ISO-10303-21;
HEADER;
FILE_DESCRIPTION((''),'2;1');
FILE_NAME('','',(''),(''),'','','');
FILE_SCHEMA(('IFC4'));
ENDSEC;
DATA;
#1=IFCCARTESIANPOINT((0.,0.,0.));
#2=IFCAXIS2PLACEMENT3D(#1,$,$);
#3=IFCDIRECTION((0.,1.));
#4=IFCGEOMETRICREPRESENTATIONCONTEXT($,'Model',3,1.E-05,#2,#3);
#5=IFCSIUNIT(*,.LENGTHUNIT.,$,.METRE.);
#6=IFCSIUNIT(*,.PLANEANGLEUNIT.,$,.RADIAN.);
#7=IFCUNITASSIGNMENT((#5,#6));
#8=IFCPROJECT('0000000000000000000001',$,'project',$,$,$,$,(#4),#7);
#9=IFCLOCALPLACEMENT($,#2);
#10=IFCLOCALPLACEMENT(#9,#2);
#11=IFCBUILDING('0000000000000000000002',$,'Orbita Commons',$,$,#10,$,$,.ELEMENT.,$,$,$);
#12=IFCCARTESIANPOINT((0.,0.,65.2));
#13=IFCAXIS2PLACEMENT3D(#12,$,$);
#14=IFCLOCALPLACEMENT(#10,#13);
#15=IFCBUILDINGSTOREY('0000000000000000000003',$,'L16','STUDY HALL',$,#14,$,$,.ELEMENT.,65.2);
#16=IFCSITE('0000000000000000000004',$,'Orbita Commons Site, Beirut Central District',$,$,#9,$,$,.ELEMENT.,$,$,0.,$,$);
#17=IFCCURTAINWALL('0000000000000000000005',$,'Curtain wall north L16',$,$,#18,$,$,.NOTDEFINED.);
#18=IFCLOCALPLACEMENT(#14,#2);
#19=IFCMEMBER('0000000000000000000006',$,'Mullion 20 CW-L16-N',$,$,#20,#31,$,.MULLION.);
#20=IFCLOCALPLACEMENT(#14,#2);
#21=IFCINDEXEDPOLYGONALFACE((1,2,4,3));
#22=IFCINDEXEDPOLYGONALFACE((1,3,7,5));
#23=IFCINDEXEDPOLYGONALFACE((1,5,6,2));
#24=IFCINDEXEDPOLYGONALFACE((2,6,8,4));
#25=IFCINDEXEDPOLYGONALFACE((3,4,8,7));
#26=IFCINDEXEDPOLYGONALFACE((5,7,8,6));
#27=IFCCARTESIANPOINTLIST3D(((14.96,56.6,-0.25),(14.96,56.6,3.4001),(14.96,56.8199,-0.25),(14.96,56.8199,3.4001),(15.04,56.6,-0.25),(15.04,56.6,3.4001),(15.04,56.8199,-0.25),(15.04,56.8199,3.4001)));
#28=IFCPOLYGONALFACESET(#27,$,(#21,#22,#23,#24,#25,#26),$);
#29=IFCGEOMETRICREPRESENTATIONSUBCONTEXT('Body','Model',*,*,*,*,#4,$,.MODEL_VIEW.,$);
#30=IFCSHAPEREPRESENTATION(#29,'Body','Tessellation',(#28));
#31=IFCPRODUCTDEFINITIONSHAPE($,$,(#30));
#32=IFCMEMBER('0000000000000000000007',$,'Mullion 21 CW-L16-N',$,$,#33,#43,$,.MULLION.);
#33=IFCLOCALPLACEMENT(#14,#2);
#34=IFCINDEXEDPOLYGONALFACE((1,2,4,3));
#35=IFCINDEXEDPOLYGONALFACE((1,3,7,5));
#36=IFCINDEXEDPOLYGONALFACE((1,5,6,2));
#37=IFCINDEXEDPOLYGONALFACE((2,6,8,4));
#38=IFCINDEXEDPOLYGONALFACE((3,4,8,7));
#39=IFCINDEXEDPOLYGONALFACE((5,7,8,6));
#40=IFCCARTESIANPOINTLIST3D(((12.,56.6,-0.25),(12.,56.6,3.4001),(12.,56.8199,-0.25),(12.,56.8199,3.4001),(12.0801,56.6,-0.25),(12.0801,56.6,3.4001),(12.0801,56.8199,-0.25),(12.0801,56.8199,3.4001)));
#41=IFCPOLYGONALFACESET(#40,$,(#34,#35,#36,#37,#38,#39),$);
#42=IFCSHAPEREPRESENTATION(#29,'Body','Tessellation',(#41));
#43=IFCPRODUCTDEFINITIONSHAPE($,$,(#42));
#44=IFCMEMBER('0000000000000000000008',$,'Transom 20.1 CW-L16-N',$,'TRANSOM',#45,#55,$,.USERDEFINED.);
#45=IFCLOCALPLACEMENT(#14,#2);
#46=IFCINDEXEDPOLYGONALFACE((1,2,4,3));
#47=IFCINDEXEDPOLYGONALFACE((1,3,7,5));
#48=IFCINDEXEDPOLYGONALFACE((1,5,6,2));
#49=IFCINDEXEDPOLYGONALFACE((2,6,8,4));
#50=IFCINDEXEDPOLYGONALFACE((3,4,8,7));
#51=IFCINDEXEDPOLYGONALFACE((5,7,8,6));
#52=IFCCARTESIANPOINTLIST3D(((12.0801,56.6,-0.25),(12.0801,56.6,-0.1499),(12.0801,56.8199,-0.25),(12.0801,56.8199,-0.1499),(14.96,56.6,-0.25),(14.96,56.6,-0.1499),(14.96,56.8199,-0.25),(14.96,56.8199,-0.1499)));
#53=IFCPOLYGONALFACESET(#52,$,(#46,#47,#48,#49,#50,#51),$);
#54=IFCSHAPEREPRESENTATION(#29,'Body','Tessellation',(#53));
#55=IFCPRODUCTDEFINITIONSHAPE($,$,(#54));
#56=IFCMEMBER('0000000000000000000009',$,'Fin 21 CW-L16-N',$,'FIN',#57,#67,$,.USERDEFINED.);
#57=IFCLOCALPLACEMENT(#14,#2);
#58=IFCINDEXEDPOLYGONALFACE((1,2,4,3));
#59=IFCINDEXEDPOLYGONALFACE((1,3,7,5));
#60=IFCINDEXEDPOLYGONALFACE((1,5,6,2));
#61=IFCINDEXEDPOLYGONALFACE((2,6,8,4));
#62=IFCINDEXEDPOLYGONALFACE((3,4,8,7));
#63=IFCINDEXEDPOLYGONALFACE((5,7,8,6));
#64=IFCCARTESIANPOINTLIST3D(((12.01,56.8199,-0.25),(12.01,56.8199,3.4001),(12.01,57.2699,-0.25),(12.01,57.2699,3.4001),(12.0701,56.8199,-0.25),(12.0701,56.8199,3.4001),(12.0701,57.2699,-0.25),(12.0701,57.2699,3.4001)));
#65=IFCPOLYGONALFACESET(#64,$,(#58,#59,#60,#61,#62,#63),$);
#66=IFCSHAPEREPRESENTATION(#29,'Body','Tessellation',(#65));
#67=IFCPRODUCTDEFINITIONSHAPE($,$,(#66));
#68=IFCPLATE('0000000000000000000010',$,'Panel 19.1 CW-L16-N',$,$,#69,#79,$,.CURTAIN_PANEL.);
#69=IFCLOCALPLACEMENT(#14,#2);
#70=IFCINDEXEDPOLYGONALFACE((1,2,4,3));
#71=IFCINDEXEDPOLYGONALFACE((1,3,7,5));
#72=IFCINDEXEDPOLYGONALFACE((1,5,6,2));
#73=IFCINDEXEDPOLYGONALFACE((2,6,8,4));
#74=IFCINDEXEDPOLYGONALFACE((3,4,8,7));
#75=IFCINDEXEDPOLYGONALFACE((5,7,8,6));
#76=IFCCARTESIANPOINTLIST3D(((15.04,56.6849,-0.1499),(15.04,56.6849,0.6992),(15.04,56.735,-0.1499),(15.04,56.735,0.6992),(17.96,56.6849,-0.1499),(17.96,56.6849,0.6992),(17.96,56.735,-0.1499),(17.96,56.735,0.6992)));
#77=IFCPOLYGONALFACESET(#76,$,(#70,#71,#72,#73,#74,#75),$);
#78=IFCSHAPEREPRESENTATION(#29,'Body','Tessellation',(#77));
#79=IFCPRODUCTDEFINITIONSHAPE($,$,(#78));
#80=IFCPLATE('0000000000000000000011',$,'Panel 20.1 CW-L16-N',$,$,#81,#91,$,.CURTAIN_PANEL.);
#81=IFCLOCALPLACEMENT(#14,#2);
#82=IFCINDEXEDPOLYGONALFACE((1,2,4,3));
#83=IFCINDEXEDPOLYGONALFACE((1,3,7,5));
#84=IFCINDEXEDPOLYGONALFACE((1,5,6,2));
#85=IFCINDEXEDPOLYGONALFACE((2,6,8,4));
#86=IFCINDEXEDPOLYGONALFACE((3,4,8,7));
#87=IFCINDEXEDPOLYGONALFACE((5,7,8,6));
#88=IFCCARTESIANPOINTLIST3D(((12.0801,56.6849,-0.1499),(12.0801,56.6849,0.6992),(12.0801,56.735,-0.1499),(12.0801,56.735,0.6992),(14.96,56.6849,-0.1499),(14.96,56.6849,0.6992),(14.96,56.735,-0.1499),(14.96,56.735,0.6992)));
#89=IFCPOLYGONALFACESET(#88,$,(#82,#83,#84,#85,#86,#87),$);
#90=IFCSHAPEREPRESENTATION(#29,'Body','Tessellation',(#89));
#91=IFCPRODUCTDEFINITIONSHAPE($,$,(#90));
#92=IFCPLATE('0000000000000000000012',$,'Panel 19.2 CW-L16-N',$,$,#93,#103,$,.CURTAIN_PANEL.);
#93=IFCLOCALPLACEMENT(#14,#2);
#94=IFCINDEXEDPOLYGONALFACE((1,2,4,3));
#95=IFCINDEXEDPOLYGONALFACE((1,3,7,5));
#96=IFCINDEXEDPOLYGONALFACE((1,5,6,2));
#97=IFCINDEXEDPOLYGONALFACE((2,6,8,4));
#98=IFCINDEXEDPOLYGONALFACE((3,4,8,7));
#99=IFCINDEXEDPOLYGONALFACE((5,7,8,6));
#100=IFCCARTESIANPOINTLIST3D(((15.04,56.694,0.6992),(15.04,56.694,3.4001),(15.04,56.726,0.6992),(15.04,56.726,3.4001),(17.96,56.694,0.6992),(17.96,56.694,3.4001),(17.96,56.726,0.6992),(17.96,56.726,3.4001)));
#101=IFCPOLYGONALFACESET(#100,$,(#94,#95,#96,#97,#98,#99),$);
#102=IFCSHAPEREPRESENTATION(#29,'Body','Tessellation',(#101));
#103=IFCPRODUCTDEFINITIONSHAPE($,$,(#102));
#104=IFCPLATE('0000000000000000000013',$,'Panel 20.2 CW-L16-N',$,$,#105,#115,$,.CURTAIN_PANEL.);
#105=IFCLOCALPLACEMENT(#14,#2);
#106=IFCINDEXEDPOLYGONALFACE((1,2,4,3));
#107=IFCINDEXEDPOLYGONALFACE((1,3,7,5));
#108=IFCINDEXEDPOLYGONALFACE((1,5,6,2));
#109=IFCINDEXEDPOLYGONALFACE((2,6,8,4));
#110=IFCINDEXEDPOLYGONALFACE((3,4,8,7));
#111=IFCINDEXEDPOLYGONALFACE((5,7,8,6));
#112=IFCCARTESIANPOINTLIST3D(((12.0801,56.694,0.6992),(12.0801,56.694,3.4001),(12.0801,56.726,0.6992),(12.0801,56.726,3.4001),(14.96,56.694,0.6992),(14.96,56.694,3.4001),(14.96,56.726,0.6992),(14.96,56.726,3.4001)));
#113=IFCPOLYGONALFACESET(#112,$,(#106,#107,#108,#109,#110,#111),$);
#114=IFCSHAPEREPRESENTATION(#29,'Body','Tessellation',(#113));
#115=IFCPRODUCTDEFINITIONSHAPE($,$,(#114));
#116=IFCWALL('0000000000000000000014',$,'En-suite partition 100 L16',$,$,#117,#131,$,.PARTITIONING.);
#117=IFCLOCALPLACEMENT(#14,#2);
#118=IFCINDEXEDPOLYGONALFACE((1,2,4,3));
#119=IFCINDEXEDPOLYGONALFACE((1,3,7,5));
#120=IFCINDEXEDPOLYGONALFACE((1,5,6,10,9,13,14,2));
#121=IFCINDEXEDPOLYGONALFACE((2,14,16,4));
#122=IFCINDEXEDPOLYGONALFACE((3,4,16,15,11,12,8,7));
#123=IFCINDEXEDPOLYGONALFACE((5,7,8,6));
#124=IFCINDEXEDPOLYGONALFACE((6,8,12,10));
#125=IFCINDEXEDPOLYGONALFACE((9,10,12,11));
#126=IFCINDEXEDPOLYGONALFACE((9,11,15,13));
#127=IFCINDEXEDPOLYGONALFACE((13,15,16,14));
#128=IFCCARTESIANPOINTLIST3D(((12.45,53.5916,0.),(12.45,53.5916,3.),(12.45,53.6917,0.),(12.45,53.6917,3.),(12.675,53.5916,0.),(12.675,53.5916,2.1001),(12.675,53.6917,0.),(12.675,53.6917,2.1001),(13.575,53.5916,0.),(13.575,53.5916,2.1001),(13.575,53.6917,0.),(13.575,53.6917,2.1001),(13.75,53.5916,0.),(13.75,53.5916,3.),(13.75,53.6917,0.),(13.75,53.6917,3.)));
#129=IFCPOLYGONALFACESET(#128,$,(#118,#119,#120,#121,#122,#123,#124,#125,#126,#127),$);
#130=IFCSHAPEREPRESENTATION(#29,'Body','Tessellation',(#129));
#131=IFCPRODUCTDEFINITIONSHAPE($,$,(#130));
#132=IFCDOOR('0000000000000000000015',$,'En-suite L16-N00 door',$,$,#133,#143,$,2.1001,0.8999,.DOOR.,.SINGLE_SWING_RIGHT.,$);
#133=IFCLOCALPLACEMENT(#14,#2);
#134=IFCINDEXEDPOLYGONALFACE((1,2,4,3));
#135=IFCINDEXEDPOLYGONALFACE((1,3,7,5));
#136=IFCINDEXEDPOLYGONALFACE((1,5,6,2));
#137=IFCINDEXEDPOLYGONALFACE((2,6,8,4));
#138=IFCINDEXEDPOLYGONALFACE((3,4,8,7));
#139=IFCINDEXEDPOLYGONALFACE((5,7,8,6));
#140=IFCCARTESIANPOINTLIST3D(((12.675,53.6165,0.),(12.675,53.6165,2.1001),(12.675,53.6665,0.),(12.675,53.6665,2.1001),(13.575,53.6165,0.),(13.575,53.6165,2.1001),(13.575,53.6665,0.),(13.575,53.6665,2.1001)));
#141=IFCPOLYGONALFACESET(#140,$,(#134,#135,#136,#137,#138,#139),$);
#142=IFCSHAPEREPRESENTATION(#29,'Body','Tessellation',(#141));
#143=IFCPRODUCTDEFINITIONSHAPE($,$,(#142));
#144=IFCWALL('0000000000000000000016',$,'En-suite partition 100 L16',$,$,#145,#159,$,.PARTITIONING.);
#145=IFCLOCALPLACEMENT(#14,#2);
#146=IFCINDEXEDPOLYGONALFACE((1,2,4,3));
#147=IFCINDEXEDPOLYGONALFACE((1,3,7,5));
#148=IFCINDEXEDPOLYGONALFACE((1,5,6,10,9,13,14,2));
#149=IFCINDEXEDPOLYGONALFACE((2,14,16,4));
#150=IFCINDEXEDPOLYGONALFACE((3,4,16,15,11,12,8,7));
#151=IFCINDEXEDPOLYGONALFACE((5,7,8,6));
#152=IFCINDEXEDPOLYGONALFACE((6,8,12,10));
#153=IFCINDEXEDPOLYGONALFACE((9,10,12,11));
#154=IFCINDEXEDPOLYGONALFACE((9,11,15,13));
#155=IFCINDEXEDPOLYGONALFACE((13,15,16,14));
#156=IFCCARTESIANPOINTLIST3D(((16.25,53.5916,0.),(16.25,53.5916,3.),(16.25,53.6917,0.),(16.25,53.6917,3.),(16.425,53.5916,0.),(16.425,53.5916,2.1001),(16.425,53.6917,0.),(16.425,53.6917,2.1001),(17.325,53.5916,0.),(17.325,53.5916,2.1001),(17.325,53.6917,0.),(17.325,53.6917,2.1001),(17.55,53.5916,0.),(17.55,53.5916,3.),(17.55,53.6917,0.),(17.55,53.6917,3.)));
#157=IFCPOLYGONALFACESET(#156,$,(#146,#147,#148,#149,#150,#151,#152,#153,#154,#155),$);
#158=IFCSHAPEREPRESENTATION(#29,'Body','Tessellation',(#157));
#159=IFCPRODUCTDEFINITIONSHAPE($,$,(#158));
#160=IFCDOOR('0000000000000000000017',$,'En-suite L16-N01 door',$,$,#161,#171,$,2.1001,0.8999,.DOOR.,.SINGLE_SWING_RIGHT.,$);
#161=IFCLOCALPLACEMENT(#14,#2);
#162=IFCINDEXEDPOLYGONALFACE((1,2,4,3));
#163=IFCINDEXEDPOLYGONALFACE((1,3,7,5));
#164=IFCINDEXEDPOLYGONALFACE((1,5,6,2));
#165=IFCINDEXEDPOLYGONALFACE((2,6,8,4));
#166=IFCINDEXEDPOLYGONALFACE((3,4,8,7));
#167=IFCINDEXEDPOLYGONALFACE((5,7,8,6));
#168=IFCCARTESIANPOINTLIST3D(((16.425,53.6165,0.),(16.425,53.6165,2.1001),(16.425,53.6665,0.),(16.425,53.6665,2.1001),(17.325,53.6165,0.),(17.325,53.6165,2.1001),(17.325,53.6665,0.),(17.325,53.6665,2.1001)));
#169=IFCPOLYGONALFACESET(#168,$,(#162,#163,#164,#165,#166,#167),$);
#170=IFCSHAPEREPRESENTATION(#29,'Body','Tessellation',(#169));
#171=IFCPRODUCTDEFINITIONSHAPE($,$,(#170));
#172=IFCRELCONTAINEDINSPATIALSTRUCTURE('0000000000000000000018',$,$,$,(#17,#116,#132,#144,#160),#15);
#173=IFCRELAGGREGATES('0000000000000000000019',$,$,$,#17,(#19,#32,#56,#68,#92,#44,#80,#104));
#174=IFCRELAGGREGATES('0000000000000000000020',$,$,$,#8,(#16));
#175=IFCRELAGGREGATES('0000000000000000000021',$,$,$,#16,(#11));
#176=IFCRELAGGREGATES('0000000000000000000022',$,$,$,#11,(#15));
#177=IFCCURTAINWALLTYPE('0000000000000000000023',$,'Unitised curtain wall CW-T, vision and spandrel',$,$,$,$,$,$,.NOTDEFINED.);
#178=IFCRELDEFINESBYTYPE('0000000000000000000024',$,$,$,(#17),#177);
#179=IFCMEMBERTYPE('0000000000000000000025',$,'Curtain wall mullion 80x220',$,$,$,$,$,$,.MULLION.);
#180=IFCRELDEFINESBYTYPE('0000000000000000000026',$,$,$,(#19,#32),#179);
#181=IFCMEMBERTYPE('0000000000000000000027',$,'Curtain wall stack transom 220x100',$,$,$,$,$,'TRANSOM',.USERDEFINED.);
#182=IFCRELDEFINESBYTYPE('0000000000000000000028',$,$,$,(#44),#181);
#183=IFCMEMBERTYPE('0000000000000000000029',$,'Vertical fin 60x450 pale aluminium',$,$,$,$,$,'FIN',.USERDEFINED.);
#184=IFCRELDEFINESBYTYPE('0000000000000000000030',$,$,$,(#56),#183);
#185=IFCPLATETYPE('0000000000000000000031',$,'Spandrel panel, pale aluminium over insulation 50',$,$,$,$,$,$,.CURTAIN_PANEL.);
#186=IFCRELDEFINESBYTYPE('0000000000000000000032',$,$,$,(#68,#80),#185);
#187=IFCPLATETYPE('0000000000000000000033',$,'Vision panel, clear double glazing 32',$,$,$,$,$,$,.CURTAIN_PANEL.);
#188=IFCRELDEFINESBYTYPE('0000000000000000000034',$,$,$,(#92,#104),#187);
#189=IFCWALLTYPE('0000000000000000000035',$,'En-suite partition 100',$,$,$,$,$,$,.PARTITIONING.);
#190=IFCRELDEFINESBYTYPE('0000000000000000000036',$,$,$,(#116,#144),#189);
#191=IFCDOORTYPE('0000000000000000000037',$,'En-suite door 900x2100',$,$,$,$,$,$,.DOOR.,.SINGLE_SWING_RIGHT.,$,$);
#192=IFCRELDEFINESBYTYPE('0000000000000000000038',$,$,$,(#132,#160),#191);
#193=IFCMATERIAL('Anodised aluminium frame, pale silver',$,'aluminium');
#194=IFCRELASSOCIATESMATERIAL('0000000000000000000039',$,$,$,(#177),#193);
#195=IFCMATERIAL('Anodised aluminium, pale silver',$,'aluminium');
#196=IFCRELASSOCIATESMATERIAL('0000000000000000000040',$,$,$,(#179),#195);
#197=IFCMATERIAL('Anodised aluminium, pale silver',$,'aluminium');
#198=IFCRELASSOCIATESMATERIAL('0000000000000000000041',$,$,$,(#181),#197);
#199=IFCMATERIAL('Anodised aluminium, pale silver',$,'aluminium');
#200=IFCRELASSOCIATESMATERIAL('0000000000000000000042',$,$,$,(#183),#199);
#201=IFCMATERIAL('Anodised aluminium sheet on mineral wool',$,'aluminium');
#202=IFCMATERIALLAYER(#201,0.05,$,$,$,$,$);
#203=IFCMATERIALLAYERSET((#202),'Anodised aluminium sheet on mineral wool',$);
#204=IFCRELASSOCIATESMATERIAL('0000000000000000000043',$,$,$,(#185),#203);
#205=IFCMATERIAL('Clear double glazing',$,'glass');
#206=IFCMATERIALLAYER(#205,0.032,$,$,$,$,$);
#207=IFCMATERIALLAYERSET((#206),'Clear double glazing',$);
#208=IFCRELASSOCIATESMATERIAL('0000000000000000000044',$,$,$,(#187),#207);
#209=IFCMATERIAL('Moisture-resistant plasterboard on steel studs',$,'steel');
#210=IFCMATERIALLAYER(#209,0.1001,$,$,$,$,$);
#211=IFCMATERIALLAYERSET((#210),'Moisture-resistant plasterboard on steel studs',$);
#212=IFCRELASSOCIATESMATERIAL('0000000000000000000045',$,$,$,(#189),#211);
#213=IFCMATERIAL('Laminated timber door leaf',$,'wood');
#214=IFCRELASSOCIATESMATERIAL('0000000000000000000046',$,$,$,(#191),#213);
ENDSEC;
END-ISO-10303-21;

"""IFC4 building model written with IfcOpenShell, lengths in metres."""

from ifc_helpers import new_model, si_unit, direction, frame, frame_2d, origin, origin_2d, place, context, subcontext, project, spatial, polyline, rectangle, outline, extrude, material, layer, layer_set, material_profile, profile_set, type_object, element, fill, aggregate, save


model = new_model("IFC4")

# Units and contexts
model_context = context("Model", 3, precision=1e-05, world=origin(), true_north=direction((0.0, 1.0)))
body_context = subcontext(model_context, "Body", "Model", "MODEL_VIEW")
ifc_project = project(units=[si_unit("LENGTHUNIT", "METRE"), si_unit("PLANEANGLEUNIT", "RADIAN")], contexts=[model_context])

# Site, building, storey
site_placement = place(None, origin())
site = spatial("IfcSite", under=ifc_project, at=site_placement, Name="Orbita Commons Site, Beirut Central District", CompositionType="ELEMENT", RefElevation=0.0)
building_placement = place(site_placement, origin())
building = spatial("IfcBuilding", under=site, at=building_placement, Name="Orbita Commons", CompositionType="ELEMENT")
storey_placement = place(building_placement, frame((0.0, 0.0, 65.2)))
storey = spatial("IfcBuildingStorey", under=building, at=storey_placement, Name="L16", Description="STUDY HALL", CompositionType="ELEMENT", Elevation=65.2)

# Curtain wall, members, plates
ifc_material_1 = material(Name="Anodised aluminium frame, pale silver", Category="aluminium")
curtain_wall_type = type_object("IfcCurtainWallType", Name="Unitised curtain wall CW-T, vision and spandrel", PredefinedType="NOTDEFINED", material=ifc_material_1)
curtain_wall_placement = place(storey_placement, origin())
curtain_wall = element("IfcCurtainWall", 1, at=curtain_wall_placement, inside=storey, type_object=curtain_wall_type, Name="Curtain wall north L16", PredefinedType="NOTDEFINED")
ifc_material_2 = material(Name="Anodised aluminium, pale silver", Category="aluminium")
ifc_material_profile_1 = material_profile(ifc_material_2, rectangle(XDim=0.0801, YDim=0.22, at=origin_2d()), Name="AL 80x220")
ifc_profile_set_1 = profile_set([ifc_material_profile_1], Name="Anodised aluminium, pale silver")
member_type_1 = type_object("IfcMemberType", Name="Curtain wall mullion 80x220", PredefinedType="MULLION", material=ifc_profile_set_1)
member_1_placement = place(storey_placement, frame((15.0, 56.71, -0.25), z_axis=(0.0, 0.0, 1.0), x_axis=(-1.0, 0.0, 0.0)))
member_1 = element("IfcMember", 2, at=member_1_placement, type_object=member_type_1, Name="Mullion 20 CW-L16-N", PredefinedType="MULLION", context=body_context, shape_type="SweptSolid", body=[
    extrude(rectangle(XDim=0.0801, YDim=0.22, at=origin_2d()), origin(), (0.0, 0.0, 1.0), 3.6501),
])
member_2_placement = place(storey_placement, frame((12.04, 56.71, -0.25), z_axis=(0.0, 0.0, 1.0), x_axis=(-1.0, 0.0, 0.0)))
member_2 = element("IfcMember", 3, at=member_2_placement, type_object=member_type_1, Name="Mullion 21 CW-L16-N", PredefinedType="MULLION", context=body_context, shape_type="SweptSolid", body=[
    extrude(rectangle(XDim=0.0801, YDim=0.22, at=origin_2d()), origin(), (0.0, 0.0, 1.0), 3.6501),
])
ifc_material_3 = material(Name="Anodised aluminium, pale silver", Category="aluminium")
ifc_material_profile_2 = material_profile(ifc_material_3, rectangle(XDim=0.22, YDim=0.1001, at=origin_2d()), Name="AL 220x100")
ifc_profile_set_2 = profile_set([ifc_material_profile_2], Name="Anodised aluminium, pale silver")
member_type_2 = type_object("IfcMemberType", Name="Curtain wall stack transom 220x100", ElementType="TRANSOM", PredefinedType="USERDEFINED", material=ifc_profile_set_2)
member_3_placement = place(storey_placement, frame((14.96, 56.71, -0.2), z_axis=(-1.0, 0.0, 0.0), x_axis=(0.0, -1.0, 0.0)))
member_3 = element("IfcMember", 4, at=member_3_placement, type_object=member_type_2, Name="Transom 20.1 CW-L16-N", ObjectType="TRANSOM", PredefinedType="USERDEFINED", context=body_context, shape_type="SweptSolid", body=[
    extrude(rectangle(XDim=0.22, YDim=0.1001, at=origin_2d()), origin(), (0.0, 0.0, 1.0), 2.8799),
])
ifc_material_4 = material(Name="Anodised aluminium, pale silver", Category="aluminium")
ifc_material_profile_3 = material_profile(ifc_material_4, rectangle(XDim=0.0601, YDim=0.45, at=origin_2d()), Name="FIN 60x450")
ifc_profile_set_3 = profile_set([ifc_material_profile_3], Name="Anodised aluminium, pale silver")
member_type_3 = type_object("IfcMemberType", Name="Vertical fin 60x450 pale aluminium", ElementType="FIN", PredefinedType="USERDEFINED", material=ifc_profile_set_3)
member_4_placement = place(storey_placement, frame((12.04, 57.0449, -0.25), z_axis=(0.0, 0.0, 1.0), x_axis=(-1.0, 0.0, 0.0)))
member_4 = element("IfcMember", 5, at=member_4_placement, type_object=member_type_3, Name="Fin 21 CW-L16-N", ObjectType="FIN", PredefinedType="USERDEFINED", context=body_context, shape_type="SweptSolid", body=[
    extrude(rectangle(XDim=0.0601, YDim=0.45, at=origin_2d()), origin(), (0.0, 0.0, 1.0), 3.6501),
])
ifc_material_5 = material(Name="Anodised aluminium sheet on mineral wool", Category="aluminium")
ifc_layer_1 = layer(ifc_material_5, 0.05)
ifc_layer_set_1 = layer_set([ifc_layer_1], Name="Anodised aluminium sheet on mineral wool")
plate_type_1 = type_object("IfcPlateType", Name="Spandrel panel, pale aluminium over insulation 50", PredefinedType="CURTAIN_PANEL", material=ifc_layer_set_1)
plate_1_placement = place(storey_placement, frame((16.5, 56.71, -0.1499), z_axis=(0.0, 0.0, 1.0), x_axis=(-1.0, 0.0, 0.0)))
plate_1 = element("IfcPlate", 6, at=plate_1_placement, type_object=plate_type_1, Name="Panel 19.1 CW-L16-N", PredefinedType="CURTAIN_PANEL", context=body_context, shape_type="SweptSolid", body=[
    extrude(rectangle(XDim=2.9199, YDim=0.05, at=origin_2d()), origin(), (0.0, 0.0, 1.0), 0.8491),
])
plate_2_placement = place(storey_placement, frame((13.52, 56.71, -0.1499), z_axis=(0.0, 0.0, 1.0), x_axis=(-1.0, 0.0, 0.0)))
plate_2 = element("IfcPlate", 7, at=plate_2_placement, type_object=plate_type_1, Name="Panel 20.1 CW-L16-N", PredefinedType="CURTAIN_PANEL", context=body_context, shape_type="SweptSolid", body=[
    extrude(rectangle(XDim=2.8799, YDim=0.05, at=origin_2d()), origin(), (0.0, 0.0, 1.0), 0.8491),
])
ifc_material_6 = material(Name="Clear double glazing", Category="glass")
ifc_layer_2 = layer(ifc_material_6, 0.032)
ifc_layer_set_2 = layer_set([ifc_layer_2], Name="Clear double glazing")
plate_type_2 = type_object("IfcPlateType", Name="Vision panel, clear double glazing 32", PredefinedType="CURTAIN_PANEL", material=ifc_layer_set_2)
plate_3_placement = place(storey_placement, frame((16.5, 56.71, 0.6992), z_axis=(0.0, 0.0, 1.0), x_axis=(-1.0, 0.0, 0.0)))
plate_3 = element("IfcPlate", 8, at=plate_3_placement, type_object=plate_type_2, Name="Panel 19.2 CW-L16-N", PredefinedType="CURTAIN_PANEL", context=body_context, shape_type="SweptSolid", body=[
    extrude(rectangle(XDim=2.9199, YDim=0.032, at=origin_2d()), origin(), (0.0, 0.0, 1.0), 2.7009),
])
plate_4_placement = place(storey_placement, frame((13.52, 56.71, 0.6992), z_axis=(0.0, 0.0, 1.0), x_axis=(-1.0, 0.0, 0.0)))
plate_4 = element("IfcPlate", 9, at=plate_4_placement, type_object=plate_type_2, Name="Panel 20.2 CW-L16-N", PredefinedType="CURTAIN_PANEL", context=body_context, shape_type="SweptSolid", body=[
    extrude(rectangle(XDim=2.8799, YDim=0.032, at=origin_2d()), origin(), (0.0, 0.0, 1.0), 2.7009),
])
aggregate(curtain_wall, [member_1, member_2, member_4, plate_1, plate_3, member_3, plate_2, plate_4])

# Walls, openings, doors
ifc_material_7 = material(Name="Moisture-resistant plasterboard on steel studs", Category="steel")
ifc_layer_3 = layer(ifc_material_7, 0.1001)
ifc_layer_set_3 = layer_set([ifc_layer_3], Name="Moisture-resistant plasterboard on steel studs")
wall_type_1 = type_object("IfcWallType", Name="En-suite partition 100", PredefinedType="PARTITIONING", material=ifc_layer_set_3)
wall_1_placement = place(storey_placement, frame((12.45, 53.6416, 0.0), z_axis=(0.0, 0.0, 1.0), x_axis=(1.0, 0.0, 0.0)))
wall_1 = element("IfcWall", 10, at=wall_1_placement, inside=storey, type_object=wall_type_1, Name="En-suite partition 100 L16", PredefinedType="PARTITIONING", context=body_context, shape_type="SweptSolid", body=[
    extrude(outline(polyline([(0.0, 0.0), (1.3, 0.0), (1.3, 3.0), (0.0, 3.0), (0.0, 0.0)])), frame((0.0, 0.05, 0.0), z_axis=(0.0, -1.0, 0.0), x_axis=(1.0, 0.0, 0.0)), (0.0, 0.0, 1.0), 0.1001),
])
opening_1_placement = place(wall_1_placement, frame((0.2251, 0.0, 0.0)))
opening_1 = element("IfcOpeningElement", 11, at=opening_1_placement, cuts=wall_1, PredefinedType="OPENING", context=body_context, shape_type="SweptSolid", body=[
    extrude(rectangle(XDim=0.8999, YDim=2.1001, at=frame_2d((0.45, 1.05))), frame((0.0, 0.0601, 0.0), z_axis=(0.0, -1.0, 0.0), x_axis=(1.0, 0.0, 0.0)), (0.0, 0.0, 1.0), 0.1201),
])
ifc_material_8 = material(Name="Laminated timber door leaf", Category="wood")
door_type = type_object("IfcDoorType", Name="En-suite door 900x2100", OperationType="SINGLE_SWING_RIGHT", PredefinedType="DOOR", material=ifc_material_8)
door_1_placement = place(opening_1_placement, origin())
door_1 = element("IfcDoor", 12, at=door_1_placement, inside=storey, type_object=door_type, Name="En-suite L16-N00 door", OperationType="SINGLE_SWING_RIGHT", OverallHeight=2.1001, OverallWidth=0.8999, PredefinedType="DOOR", context=body_context, shape_type="SweptSolid", body=[
    extrude(rectangle(XDim=0.8999, YDim=2.1001, at=frame_2d((0.45, 1.05))), frame((0.0, 0.0249, 0.0), z_axis=(0.0, -1.0, 0.0), x_axis=(1.0, 0.0, 0.0)), (0.0, 0.0, 1.0), 0.05),
])
fill(opening_1, door_1)
wall_2_placement = place(storey_placement, frame((16.25, 53.6416, 0.0), z_axis=(0.0, 0.0, 1.0), x_axis=(1.0, 0.0, 0.0)))
wall_2 = element("IfcWall", 13, at=wall_2_placement, inside=storey, type_object=wall_type_1, Name="En-suite partition 100 L16", PredefinedType="PARTITIONING", context=body_context, shape_type="SweptSolid", body=[
    extrude(outline(polyline([(0.0, 0.0), (1.3, 0.0), (1.3, 3.0), (0.0, 3.0), (0.0, 0.0)])), frame((0.0, 0.05, 0.0), z_axis=(0.0, -1.0, 0.0), x_axis=(1.0, 0.0, 0.0)), (0.0, 0.0, 1.0), 0.1001),
])
opening_2_placement = place(wall_2_placement, frame((0.175, 0.0, 0.0)))
opening_2 = element("IfcOpeningElement", 14, at=opening_2_placement, cuts=wall_2, PredefinedType="OPENING", context=body_context, shape_type="SweptSolid", body=[
    extrude(rectangle(XDim=0.8999, YDim=2.1001, at=frame_2d((0.45, 1.05))), frame((0.0, 0.0601, 0.0), z_axis=(0.0, -1.0, 0.0), x_axis=(1.0, 0.0, 0.0)), (0.0, 0.0, 1.0), 0.1201),
])
door_2_placement = place(opening_2_placement, origin())
door_2 = element("IfcDoor", 15, at=door_2_placement, inside=storey, type_object=door_type, Name="En-suite L16-N01 door", OperationType="SINGLE_SWING_RIGHT", OverallHeight=2.1001, OverallWidth=0.8999, PredefinedType="DOOR", context=body_context, shape_type="SweptSolid", body=[
    extrude(rectangle(XDim=0.8999, YDim=2.1001, at=frame_2d((0.45, 1.05))), frame((0.0, 0.0249, 0.0), z_axis=(0.0, -1.0, 0.0), x_axis=(1.0, 0.0, 0.0)), (0.0, 0.0, 1.0), 0.05),
])
fill(opening_2, door_2)

save(model, "model.ifc")
